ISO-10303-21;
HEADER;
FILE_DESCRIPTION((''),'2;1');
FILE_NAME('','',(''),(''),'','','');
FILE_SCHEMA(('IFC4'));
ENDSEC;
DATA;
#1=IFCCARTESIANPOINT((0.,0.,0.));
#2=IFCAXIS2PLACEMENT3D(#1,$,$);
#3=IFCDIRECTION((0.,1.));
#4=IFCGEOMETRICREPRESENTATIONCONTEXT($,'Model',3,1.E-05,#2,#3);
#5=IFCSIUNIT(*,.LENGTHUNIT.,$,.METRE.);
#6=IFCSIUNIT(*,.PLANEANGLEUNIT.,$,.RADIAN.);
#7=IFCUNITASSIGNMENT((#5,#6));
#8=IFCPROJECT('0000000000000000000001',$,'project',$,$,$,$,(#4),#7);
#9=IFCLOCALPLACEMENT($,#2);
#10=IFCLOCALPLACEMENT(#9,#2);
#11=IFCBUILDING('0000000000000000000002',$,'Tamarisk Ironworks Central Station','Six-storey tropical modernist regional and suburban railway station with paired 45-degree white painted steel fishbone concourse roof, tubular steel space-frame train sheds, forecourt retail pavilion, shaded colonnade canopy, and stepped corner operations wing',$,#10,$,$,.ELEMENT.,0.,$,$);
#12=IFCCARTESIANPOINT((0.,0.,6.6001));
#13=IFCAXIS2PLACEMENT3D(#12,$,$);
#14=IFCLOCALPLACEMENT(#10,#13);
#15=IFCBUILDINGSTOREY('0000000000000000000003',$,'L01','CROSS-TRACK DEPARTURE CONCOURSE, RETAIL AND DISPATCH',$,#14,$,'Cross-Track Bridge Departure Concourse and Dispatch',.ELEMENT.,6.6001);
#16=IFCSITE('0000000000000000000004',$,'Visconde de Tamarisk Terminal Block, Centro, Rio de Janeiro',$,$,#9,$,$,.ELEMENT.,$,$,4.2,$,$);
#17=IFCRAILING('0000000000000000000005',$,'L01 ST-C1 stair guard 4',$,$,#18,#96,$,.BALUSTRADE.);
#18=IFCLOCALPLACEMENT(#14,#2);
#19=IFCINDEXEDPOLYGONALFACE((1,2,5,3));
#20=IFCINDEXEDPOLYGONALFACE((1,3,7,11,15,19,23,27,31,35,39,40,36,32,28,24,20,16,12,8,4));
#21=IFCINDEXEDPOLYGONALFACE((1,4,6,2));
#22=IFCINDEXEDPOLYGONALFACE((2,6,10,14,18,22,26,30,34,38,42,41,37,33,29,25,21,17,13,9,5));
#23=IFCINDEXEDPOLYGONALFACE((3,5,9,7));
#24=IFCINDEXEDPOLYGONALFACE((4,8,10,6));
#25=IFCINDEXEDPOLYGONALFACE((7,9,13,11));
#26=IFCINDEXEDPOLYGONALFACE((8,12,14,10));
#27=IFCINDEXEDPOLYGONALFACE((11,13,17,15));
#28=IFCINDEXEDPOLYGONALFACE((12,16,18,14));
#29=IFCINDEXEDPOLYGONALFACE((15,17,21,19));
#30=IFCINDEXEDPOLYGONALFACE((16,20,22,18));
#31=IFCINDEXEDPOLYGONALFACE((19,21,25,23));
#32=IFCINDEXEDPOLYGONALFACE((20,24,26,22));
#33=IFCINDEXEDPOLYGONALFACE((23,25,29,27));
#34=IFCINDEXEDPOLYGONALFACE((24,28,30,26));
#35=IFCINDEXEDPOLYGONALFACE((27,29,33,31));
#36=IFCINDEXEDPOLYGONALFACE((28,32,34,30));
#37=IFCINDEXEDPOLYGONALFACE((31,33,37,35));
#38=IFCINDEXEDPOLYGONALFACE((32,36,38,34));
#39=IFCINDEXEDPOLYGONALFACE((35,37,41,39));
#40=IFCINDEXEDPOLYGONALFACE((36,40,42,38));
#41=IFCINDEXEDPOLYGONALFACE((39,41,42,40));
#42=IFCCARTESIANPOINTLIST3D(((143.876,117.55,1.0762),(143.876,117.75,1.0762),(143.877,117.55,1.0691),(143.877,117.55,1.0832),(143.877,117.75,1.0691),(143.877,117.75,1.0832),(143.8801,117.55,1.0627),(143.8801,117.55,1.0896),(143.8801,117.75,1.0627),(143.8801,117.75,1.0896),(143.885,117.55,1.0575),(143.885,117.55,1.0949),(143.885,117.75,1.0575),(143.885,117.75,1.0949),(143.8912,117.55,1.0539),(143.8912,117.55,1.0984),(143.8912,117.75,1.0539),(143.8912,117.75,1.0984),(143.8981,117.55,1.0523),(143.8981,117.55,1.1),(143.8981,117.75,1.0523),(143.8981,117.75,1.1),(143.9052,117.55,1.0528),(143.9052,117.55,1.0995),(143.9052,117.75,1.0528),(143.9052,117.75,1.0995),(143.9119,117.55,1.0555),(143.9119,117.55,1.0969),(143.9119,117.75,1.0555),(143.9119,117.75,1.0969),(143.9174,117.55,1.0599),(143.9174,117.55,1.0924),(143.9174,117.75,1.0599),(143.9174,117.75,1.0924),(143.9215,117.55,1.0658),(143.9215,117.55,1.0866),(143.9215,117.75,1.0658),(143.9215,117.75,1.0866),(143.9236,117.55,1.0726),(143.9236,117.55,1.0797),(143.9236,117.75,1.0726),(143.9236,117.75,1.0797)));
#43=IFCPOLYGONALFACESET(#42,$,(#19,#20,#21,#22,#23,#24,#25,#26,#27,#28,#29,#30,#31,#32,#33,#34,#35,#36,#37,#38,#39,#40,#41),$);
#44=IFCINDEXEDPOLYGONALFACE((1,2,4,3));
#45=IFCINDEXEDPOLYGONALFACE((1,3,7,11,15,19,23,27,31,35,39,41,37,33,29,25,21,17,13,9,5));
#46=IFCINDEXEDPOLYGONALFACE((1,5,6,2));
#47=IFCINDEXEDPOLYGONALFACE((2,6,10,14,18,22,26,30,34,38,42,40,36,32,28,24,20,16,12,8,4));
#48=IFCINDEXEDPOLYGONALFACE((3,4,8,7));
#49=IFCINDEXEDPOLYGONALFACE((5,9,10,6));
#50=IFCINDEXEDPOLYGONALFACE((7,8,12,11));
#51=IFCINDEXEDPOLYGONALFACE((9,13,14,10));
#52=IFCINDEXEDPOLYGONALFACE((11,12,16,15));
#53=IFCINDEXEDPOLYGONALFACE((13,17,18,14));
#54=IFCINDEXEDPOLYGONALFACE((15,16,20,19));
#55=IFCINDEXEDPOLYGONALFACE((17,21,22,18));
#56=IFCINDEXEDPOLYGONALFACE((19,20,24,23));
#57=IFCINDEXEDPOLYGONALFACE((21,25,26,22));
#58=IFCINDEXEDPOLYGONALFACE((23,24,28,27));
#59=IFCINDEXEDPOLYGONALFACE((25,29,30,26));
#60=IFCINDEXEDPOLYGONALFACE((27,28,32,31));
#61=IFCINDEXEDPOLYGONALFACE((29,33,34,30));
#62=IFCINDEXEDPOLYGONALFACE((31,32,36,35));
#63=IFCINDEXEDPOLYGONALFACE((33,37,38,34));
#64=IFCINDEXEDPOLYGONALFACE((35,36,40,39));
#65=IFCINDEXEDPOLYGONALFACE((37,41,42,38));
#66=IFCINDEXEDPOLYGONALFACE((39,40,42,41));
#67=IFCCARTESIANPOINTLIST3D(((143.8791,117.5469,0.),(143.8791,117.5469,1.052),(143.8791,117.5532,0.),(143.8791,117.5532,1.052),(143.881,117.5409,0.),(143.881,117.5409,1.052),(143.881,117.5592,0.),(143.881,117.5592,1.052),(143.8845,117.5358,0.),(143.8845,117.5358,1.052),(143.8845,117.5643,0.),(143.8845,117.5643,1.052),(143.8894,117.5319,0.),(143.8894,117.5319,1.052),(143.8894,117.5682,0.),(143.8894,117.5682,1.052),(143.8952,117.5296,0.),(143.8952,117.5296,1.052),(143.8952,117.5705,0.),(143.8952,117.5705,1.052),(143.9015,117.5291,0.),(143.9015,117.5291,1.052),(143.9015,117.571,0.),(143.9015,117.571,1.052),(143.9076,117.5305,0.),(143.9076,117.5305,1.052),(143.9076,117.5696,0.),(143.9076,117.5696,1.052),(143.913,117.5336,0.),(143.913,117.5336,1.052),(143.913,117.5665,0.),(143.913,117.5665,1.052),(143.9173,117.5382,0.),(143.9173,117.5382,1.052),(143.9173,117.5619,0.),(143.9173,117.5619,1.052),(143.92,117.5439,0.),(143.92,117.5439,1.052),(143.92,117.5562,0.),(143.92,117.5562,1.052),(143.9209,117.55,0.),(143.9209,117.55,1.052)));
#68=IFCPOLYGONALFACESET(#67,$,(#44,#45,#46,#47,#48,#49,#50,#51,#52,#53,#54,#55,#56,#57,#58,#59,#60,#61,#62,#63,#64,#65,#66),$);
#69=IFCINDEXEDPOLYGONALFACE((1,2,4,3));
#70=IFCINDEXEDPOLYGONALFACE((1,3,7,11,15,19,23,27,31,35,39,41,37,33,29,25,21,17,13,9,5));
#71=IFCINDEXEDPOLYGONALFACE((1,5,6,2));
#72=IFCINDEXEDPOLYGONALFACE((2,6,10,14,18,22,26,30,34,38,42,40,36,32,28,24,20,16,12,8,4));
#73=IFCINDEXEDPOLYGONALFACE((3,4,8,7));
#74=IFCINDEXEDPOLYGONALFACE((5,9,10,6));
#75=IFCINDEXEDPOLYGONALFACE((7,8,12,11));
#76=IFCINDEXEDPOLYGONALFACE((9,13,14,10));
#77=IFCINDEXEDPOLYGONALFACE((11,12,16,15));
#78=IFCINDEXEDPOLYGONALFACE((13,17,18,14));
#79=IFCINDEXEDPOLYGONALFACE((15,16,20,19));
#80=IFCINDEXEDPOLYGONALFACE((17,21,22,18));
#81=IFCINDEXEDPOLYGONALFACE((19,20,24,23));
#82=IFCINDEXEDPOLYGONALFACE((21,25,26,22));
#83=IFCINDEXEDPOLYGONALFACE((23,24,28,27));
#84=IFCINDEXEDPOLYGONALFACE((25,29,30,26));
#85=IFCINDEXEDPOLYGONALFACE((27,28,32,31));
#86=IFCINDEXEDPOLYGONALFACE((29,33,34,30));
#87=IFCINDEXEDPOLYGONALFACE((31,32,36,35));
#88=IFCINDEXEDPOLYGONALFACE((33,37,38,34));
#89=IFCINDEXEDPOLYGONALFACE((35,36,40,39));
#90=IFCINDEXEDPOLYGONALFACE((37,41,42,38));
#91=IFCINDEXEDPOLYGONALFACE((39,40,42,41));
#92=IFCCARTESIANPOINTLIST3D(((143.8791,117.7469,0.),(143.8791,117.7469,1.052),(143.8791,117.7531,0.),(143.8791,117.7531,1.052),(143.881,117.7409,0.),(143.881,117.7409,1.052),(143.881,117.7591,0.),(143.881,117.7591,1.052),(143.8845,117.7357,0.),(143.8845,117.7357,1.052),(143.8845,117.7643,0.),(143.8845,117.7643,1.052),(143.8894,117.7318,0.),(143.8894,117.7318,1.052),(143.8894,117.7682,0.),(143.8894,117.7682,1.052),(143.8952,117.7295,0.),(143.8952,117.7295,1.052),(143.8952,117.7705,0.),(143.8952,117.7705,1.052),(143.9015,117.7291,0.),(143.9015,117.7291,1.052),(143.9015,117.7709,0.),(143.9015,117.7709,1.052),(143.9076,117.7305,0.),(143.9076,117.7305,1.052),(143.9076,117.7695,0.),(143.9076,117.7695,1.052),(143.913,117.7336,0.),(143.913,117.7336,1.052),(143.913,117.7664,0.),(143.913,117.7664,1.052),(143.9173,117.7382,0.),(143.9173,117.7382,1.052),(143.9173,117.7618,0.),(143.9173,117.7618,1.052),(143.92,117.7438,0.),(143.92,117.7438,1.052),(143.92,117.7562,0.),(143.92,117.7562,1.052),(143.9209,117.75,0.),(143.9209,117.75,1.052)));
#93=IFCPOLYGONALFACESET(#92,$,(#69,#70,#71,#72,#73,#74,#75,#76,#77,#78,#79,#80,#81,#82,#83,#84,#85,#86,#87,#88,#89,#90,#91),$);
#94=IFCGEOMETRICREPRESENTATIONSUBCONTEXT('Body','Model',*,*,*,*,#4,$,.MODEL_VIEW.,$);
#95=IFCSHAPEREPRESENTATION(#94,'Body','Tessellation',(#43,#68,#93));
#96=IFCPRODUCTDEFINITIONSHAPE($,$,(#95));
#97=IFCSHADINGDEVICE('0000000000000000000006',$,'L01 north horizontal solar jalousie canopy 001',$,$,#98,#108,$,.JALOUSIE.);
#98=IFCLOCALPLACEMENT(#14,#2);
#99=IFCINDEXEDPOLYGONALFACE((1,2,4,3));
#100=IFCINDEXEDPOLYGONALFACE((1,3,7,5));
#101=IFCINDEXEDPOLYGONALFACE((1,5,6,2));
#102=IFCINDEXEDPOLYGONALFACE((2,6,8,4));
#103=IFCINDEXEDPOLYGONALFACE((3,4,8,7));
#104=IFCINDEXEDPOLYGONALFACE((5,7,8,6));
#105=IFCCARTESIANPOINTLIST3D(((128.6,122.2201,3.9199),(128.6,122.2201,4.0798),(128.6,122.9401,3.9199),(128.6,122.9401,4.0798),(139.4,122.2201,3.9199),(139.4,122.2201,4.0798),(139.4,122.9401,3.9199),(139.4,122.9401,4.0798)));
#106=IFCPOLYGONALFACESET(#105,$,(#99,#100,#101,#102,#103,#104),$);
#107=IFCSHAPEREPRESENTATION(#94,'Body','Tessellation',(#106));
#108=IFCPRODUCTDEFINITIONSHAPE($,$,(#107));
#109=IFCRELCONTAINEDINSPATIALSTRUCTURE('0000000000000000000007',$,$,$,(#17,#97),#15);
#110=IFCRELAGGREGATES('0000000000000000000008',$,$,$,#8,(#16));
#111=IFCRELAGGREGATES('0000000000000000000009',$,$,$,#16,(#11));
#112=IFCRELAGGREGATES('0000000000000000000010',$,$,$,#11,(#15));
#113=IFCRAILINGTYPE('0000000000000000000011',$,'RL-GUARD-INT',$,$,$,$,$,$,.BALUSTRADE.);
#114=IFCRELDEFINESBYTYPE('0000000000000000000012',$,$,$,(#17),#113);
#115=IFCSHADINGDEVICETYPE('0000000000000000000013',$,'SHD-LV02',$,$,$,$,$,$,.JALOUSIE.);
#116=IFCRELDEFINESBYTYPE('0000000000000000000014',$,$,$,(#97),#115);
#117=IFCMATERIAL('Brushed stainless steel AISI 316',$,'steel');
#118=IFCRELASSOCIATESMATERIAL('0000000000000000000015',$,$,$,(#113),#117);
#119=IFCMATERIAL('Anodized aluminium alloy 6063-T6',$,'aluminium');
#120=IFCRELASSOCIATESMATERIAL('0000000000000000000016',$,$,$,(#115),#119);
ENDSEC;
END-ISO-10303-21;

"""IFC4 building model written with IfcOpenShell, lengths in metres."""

from ifc_helpers import new_model, si_unit, direction, frame, origin, origin_2d, place, context, subcontext, project, spatial, rectangle, circle, extrude, material, type_object, element, save


model = new_model("IFC4")

# Units and contexts
model_context = context("Model", 3, precision=1e-05, world=origin(), true_north=direction((0.0, 1.0)))
body_context = subcontext(model_context, "Body", "Model", "MODEL_VIEW")
ifc_project = project(units=[si_unit("LENGTHUNIT", "METRE"), si_unit("PLANEANGLEUNIT", "RADIAN")], contexts=[model_context])

# Site, building, storey
site_placement = place(None, origin())
site = spatial("IfcSite", under=ifc_project, at=site_placement, Name="Visconde de Tamarisk Terminal Block, Centro, Rio de Janeiro", CompositionType="ELEMENT", RefElevation=4.2)
building_placement = place(site_placement, origin())
building = spatial("IfcBuilding", under=site, at=building_placement, Name="Tamarisk Ironworks Central Station", Description="Six-storey tropical modernist regional and suburban railway station with paired 45-degree white painted steel fishbone concourse roof, tubular steel space-frame train sheds, forecourt retail pavilion, shaded colonnade canopy, and stepped corner operations wing", CompositionType="ELEMENT", ElevationOfRefHeight=0.0)
storey_placement = place(building_placement, frame((0.0, 0.0, 6.6001)))
storey = spatial("IfcBuildingStorey", under=building, at=storey_placement, Name="L01", Description="CROSS-TRACK DEPARTURE CONCOURSE, RETAIL AND DISPATCH", LongName="Cross-Track Bridge Departure Concourse and Dispatch", CompositionType="ELEMENT", Elevation=6.6001)

# Shared definitions
ifc_material_1 = material(Name="Anodized aluminium alloy 6063-T6", Category="aluminium")

# Railing
ifc_material_2 = material(Name="Brushed stainless steel AISI 316", Category="steel")
railing_type = type_object("IfcRailingType", Name="RL-GUARD-INT", PredefinedType="BALUSTRADE", material=ifc_material_2)
railing_placement = place(storey_placement, frame((143.8999, 117.55, 0.0)))
element("IfcRailing", 1, at=railing_placement, inside=storey, type_object=railing_type, Name="L01 ST-C1 stair guard 4", PredefinedType="BALUSTRADE", context=body_context, shape_type="SweptSolid", body=[
    extrude(circle(Radius=0.0239, at=origin_2d()), frame((0.0, 0.0, 1.0762), z_axis=(0.0, 1.0, 0.0), x_axis=(-1.0, 0.0, 0.0)), (0.0, 0.0, 1.0), 0.2),
    extrude(circle(Radius=0.021, at=origin_2d()), origin(), (0.0, 0.0, 1.0), 1.052),
    extrude(circle(Radius=0.021, at=origin_2d()), frame((0.0, 0.2, 0.0)), (0.0, 0.0, 1.0), 1.052),
])

# Shading device
shading_device_type = type_object("IfcShadingDeviceType", Name="SHD-LV02", PredefinedType="JALOUSIE", material=ifc_material_1)
shading_device_placement = place(storey_placement, frame((134.0, 122.5801, 3.9199), z_axis=(0.0, 0.0, 1.0), x_axis=(1.0, 0.0, 0.0)))
element("IfcShadingDevice", 2, at=shading_device_placement, inside=storey, type_object=shading_device_type, Name="L01 north horizontal solar jalousie canopy 001", PredefinedType="JALOUSIE", context=body_context, shape_type="SweptSolid", body=[
    extrude(rectangle(XDim=10.8, YDim=0.72, at=origin_2d()), origin(), (0.0, 0.0, 1.0), 0.1599),
])

save(model, "model.ifc")
